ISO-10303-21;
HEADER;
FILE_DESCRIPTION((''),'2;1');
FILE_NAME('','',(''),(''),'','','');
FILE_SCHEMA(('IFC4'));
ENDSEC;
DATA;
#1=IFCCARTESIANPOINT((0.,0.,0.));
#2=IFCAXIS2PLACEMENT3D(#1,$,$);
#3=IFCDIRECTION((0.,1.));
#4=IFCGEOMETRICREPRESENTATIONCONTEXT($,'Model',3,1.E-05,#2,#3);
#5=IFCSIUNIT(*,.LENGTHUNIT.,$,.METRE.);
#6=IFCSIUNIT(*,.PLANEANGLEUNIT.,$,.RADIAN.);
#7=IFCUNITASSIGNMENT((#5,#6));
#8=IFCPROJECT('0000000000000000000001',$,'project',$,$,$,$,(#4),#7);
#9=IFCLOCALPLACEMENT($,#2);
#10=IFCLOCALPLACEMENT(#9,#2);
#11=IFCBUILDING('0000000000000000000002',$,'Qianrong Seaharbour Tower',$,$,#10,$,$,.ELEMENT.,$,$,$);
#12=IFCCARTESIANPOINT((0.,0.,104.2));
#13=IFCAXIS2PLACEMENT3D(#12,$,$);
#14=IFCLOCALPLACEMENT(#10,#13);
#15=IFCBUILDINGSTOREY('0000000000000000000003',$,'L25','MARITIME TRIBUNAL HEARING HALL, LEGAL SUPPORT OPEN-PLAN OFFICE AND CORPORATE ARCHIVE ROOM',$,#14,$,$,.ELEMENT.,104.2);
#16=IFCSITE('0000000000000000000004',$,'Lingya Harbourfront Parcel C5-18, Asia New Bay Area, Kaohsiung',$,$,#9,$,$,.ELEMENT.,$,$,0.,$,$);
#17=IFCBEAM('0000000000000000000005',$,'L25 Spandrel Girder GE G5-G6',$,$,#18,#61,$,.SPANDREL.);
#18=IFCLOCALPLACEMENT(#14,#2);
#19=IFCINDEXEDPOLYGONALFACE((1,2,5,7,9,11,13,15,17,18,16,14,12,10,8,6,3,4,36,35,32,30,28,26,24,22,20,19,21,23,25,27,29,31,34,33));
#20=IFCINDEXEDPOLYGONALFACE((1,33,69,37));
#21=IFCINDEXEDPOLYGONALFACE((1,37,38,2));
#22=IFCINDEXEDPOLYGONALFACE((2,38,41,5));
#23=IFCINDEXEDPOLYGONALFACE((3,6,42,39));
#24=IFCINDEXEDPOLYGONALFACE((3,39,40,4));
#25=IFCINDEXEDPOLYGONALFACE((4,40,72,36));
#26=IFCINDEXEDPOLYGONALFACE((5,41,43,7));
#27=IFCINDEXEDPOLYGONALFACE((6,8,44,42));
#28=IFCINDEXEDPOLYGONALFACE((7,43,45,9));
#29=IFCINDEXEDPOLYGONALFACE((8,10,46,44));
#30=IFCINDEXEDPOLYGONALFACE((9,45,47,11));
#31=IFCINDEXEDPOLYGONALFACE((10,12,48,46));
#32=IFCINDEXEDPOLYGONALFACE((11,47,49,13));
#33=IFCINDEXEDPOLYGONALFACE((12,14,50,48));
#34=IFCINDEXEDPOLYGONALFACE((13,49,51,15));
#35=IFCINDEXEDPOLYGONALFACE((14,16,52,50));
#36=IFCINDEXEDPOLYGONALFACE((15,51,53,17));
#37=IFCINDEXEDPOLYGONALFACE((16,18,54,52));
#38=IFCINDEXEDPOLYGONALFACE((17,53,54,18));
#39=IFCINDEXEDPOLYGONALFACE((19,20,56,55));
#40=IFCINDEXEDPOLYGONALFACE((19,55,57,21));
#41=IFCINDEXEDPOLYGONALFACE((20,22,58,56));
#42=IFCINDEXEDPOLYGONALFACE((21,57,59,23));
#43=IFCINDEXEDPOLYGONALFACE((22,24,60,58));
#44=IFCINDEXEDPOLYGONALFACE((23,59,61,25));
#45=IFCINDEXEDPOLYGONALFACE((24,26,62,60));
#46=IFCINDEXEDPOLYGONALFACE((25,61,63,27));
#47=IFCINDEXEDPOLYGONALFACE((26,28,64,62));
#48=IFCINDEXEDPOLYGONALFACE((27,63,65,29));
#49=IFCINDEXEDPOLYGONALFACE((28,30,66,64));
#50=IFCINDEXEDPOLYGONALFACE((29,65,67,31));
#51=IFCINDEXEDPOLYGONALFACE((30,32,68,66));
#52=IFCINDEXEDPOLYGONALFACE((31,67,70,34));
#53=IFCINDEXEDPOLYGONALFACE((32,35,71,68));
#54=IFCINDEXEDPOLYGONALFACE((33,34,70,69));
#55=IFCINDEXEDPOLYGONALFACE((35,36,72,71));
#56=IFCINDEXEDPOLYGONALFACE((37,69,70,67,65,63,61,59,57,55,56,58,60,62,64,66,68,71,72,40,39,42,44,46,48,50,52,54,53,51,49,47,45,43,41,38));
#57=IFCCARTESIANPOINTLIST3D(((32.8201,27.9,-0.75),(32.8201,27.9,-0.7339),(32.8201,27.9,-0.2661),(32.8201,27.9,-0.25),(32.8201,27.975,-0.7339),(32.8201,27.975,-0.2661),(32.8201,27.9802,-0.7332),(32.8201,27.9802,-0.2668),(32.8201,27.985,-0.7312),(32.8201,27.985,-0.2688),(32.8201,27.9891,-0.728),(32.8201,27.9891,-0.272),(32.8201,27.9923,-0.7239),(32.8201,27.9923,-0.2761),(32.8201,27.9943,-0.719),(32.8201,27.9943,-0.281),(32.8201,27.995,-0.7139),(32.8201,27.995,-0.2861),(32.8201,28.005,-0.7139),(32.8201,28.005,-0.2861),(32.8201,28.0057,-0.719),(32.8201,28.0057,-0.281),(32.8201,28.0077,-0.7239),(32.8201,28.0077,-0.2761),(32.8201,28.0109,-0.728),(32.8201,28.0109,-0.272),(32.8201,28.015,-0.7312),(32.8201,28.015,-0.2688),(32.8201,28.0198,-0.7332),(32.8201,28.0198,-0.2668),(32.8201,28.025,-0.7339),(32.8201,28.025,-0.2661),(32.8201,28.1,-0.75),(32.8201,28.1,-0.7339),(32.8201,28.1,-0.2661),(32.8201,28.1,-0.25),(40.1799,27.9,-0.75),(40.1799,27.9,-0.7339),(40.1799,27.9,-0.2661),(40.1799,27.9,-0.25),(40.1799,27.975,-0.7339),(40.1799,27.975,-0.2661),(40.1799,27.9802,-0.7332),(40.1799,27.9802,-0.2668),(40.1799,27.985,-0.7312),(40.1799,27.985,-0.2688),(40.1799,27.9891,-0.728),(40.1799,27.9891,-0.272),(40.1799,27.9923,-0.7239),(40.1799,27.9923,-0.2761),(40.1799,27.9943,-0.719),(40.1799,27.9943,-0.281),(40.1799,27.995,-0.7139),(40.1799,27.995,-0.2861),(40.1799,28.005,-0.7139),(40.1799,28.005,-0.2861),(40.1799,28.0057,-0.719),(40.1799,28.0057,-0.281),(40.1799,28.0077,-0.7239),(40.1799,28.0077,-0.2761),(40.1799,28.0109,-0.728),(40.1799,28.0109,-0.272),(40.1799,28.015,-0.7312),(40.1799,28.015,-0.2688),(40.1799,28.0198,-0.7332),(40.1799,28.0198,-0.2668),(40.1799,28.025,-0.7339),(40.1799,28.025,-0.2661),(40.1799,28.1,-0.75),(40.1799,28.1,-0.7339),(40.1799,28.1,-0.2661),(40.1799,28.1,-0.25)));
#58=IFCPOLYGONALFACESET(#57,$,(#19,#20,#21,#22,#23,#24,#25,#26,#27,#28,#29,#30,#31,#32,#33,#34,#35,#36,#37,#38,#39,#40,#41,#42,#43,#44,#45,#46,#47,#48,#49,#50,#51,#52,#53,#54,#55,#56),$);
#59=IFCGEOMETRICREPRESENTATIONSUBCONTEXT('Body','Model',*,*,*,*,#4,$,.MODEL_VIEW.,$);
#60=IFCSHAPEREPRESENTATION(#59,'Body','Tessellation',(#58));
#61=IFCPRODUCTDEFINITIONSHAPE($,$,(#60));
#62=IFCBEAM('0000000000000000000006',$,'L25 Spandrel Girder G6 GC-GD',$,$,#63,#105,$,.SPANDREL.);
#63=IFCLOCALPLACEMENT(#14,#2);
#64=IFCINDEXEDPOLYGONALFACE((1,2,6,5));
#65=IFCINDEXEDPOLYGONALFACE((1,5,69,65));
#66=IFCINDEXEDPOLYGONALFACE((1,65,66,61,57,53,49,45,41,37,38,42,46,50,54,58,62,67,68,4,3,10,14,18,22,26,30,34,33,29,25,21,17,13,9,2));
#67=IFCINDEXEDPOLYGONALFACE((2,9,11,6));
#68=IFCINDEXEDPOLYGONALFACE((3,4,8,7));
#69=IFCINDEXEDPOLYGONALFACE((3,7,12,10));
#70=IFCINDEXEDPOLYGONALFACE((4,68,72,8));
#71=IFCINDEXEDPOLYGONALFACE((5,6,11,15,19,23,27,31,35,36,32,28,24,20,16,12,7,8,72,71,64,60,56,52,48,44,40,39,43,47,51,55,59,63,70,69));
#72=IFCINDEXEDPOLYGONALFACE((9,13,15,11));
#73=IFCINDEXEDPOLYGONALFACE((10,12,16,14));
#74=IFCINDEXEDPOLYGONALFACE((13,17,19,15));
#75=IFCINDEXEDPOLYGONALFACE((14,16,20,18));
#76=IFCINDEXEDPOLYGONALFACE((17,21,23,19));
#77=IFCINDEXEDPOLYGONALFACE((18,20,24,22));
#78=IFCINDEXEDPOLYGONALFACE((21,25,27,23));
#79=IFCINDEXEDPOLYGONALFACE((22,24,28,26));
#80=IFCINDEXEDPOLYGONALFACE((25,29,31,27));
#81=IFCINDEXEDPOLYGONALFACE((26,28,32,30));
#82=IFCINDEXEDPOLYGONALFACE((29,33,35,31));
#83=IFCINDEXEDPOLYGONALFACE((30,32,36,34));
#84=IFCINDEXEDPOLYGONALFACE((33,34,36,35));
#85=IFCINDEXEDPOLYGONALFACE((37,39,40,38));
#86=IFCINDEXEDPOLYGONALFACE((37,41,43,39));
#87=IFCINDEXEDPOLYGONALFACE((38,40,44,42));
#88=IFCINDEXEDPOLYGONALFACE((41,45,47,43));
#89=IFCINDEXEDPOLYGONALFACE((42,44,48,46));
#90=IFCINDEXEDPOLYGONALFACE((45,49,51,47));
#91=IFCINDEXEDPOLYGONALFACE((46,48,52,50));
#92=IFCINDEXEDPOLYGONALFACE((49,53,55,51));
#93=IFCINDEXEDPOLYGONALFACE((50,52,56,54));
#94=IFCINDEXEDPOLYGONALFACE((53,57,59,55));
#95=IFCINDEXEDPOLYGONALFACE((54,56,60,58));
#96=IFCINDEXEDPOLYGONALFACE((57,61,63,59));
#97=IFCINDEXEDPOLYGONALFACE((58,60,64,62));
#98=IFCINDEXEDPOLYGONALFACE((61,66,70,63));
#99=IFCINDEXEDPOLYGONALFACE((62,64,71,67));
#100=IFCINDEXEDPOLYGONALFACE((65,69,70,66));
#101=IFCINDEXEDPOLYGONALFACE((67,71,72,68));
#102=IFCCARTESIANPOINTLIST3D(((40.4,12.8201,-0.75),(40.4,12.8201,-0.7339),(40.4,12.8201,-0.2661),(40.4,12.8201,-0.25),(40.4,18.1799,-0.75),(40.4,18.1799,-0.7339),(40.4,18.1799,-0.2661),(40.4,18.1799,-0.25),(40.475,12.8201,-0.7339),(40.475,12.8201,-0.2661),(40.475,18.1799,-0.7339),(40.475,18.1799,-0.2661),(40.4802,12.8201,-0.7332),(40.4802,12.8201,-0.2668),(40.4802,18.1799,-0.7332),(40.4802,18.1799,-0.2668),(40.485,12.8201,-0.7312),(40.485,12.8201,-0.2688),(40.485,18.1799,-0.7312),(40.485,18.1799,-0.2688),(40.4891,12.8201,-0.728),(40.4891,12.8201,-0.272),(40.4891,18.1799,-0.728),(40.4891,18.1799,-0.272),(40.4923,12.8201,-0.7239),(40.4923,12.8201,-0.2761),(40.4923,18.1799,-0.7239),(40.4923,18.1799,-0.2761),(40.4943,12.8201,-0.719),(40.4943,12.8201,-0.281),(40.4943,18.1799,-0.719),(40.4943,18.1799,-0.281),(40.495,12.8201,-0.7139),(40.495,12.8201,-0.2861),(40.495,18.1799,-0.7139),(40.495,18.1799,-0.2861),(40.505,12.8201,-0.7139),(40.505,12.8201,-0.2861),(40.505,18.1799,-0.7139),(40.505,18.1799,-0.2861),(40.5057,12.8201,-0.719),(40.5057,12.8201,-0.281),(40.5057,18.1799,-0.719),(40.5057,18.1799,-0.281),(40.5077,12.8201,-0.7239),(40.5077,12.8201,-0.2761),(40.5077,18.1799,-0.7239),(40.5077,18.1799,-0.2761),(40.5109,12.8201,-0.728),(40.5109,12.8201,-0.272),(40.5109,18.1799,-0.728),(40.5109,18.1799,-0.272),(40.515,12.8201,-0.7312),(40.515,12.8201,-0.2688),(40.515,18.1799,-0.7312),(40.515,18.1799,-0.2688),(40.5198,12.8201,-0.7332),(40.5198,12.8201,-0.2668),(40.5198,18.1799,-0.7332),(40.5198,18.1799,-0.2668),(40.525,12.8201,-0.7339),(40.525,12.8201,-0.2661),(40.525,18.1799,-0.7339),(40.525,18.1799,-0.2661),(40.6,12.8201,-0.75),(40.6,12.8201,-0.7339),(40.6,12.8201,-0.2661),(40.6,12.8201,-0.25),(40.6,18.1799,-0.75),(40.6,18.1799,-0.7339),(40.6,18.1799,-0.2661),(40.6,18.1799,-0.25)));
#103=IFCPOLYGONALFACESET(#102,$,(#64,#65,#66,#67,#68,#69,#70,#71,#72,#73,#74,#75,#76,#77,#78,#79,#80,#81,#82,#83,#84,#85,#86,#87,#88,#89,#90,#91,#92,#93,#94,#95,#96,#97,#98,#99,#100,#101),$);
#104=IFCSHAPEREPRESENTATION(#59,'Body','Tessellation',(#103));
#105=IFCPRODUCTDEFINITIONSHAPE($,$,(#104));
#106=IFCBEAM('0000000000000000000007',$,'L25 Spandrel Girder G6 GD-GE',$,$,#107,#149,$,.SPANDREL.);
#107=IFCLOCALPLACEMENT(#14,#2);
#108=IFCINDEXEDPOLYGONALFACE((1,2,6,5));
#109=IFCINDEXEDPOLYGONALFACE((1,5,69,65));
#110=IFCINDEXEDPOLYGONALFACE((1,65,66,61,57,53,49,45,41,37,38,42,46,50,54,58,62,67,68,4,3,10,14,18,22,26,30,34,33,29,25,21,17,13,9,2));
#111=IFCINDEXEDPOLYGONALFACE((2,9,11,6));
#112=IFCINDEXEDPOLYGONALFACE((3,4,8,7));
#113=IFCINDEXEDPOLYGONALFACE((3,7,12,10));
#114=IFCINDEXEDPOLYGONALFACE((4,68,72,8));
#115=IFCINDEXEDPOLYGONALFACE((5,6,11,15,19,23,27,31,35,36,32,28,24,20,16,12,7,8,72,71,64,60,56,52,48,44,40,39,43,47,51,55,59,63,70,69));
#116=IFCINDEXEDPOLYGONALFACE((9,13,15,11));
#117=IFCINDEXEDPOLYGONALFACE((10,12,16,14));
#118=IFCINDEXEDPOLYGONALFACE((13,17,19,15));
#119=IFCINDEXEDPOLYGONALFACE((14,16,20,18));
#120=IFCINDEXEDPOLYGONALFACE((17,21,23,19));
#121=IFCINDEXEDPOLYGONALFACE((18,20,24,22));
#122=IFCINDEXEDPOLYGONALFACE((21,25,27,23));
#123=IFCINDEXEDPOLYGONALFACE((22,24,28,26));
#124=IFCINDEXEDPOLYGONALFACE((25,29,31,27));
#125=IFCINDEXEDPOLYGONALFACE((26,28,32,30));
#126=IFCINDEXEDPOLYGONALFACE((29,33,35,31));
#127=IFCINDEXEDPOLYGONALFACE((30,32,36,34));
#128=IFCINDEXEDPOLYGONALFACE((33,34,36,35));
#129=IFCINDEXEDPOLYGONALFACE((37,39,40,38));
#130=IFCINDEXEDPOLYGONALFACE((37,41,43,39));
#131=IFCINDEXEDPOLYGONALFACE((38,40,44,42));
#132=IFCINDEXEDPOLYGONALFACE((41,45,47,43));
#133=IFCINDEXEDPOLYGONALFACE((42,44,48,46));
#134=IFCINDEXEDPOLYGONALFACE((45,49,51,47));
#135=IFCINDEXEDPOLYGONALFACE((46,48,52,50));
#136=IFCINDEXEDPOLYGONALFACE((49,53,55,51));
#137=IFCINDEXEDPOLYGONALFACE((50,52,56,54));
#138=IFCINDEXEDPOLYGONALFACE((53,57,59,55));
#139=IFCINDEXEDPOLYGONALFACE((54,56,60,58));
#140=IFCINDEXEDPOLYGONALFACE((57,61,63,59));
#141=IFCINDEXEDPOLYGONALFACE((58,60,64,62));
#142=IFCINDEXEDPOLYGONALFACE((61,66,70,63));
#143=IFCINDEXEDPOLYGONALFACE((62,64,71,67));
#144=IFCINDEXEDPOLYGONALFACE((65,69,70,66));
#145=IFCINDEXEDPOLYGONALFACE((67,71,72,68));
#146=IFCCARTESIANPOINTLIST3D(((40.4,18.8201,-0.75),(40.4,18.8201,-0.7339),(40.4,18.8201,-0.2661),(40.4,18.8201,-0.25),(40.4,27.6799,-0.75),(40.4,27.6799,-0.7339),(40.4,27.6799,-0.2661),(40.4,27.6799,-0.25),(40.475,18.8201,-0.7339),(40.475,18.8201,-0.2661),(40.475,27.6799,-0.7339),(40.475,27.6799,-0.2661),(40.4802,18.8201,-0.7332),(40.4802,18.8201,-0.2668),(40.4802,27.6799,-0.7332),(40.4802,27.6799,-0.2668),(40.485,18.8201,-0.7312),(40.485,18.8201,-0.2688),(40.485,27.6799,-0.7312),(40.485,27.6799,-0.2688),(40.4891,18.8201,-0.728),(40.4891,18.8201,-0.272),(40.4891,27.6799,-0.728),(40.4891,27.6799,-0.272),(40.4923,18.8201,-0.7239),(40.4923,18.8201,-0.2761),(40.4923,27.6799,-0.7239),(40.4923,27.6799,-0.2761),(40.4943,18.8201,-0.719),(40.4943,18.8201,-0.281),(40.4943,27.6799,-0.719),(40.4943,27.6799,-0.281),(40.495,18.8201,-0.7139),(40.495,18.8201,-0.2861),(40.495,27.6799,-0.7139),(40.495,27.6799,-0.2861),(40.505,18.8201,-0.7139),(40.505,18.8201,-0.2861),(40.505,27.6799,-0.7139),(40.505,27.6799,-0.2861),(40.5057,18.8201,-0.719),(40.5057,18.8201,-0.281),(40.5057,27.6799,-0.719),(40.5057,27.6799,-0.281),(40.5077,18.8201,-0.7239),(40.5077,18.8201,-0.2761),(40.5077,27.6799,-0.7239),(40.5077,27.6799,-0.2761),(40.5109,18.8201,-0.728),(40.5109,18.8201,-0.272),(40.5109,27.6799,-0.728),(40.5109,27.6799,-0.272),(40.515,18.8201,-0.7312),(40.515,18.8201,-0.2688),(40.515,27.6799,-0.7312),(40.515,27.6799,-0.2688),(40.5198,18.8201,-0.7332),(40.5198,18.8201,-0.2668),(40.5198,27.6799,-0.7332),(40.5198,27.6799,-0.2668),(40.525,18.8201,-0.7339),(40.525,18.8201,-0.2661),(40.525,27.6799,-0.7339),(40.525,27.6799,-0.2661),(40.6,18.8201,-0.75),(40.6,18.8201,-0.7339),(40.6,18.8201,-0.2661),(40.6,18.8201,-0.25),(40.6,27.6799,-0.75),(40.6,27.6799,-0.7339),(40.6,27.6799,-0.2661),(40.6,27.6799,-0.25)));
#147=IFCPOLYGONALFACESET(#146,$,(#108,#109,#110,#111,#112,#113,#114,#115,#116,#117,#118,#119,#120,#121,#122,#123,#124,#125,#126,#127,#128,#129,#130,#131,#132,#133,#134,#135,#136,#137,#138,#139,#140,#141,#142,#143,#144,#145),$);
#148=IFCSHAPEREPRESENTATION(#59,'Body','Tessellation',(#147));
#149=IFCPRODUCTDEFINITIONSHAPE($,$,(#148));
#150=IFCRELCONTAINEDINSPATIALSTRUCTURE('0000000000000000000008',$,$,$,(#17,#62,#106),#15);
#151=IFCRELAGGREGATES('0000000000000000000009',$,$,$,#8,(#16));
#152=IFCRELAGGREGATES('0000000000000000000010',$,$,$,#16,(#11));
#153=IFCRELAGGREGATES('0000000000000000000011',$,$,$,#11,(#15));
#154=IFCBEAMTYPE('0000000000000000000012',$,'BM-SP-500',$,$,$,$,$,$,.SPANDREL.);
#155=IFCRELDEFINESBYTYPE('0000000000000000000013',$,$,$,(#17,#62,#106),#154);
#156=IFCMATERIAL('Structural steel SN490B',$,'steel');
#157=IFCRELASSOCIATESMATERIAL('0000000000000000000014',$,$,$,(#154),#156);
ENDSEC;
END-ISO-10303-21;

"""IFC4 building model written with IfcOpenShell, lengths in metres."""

from ifc_helpers import new_model, si_unit, direction, frame, origin, origin_2d, place, context, subcontext, project, spatial, i_section, extrude, material, material_profile, profile_set, type_object, element, save


model = new_model("IFC4")

# Units and contexts
model_context = context("Model", 3, precision=1e-05, world=origin(), true_north=direction((0.0, 1.0)))
body_context = subcontext(model_context, "Body", "Model", "MODEL_VIEW")
ifc_project = project(units=[si_unit("LENGTHUNIT", "METRE"), si_unit("PLANEANGLEUNIT", "RADIAN")], contexts=[model_context])

# Site, building, storey
site_placement = place(None, origin())
site = spatial("IfcSite", under=ifc_project, at=site_placement, Name="Lingya Harbourfront Parcel C5-18, Asia New Bay Area, Kaohsiung", CompositionType="ELEMENT", RefElevation=0.0)
building_placement = place(site_placement, origin())
building = spatial("IfcBuilding", under=site, at=building_placement, Name="Qianrong Seaharbour Tower", CompositionType="ELEMENT")
storey_placement = place(building_placement, frame((0.0, 0.0, 104.2)))
storey = spatial("IfcBuildingStorey", under=building, at=storey_placement, Name="L25", Description="MARITIME TRIBUNAL HEARING HALL, LEGAL SUPPORT OPEN-PLAN OFFICE AND CORPORATE ARCHIVE ROOM", CompositionType="ELEMENT", Elevation=104.2)

# Shared definitions
ifc_material_1 = material(Name="Structural steel SN490B", Category="steel")

# Beams
ifc_material_profile_1 = material_profile(ifc_material_1, i_section(OverallWidth=0.2, OverallDepth=0.5, WebThickness=0.01, FlangeThickness=0.0161, FilletRadius=0.02, at=origin_2d()), Name="H500x200x10x16")
ifc_profile_set_1 = profile_set([ifc_material_profile_1], Name="Structural steel SN490B")
beam_type_1 = type_object("IfcBeamType", Name="BM-SP-500", PredefinedType="SPANDREL", material=ifc_profile_set_1)
for number, where, z_axis, x_axis, name in (
    (1, (32.8201, 28.0, -0.5), (1.0, 0.0, 0.0), (0.0, 1.0, 0.0), "L25 Spandrel Girder GE G5-G6"),
):
    element("IfcBeam", number, at=place(storey_placement, frame(where, z_axis=z_axis, x_axis=x_axis)), inside=storey, type_object=beam_type_1, Name=name, PredefinedType="SPANDREL", context=body_context, shape_type="SweptSolid", body=[
        extrude(i_section(OverallWidth=0.2, OverallDepth=0.5, WebThickness=0.01, FlangeThickness=0.0161, FilletRadius=0.02, at=origin_2d()), origin(), (0.0, 0.0, 1.0), 7.3599),
    ])
beam_1_placement = place(storey_placement, frame((40.5, 12.8201, -0.5), z_axis=(0.0, 1.0, 0.0), x_axis=(-1.0, 0.0, 0.0)))
element("IfcBeam", 2, at=beam_1_placement, inside=storey, type_object=beam_type_1, Name="L25 Spandrel Girder G6 GC-GD", PredefinedType="SPANDREL", context=body_context, shape_type="SweptSolid", body=[
    extrude(i_section(OverallWidth=0.2, OverallDepth=0.5, WebThickness=0.01, FlangeThickness=0.0161, FilletRadius=0.02, at=origin_2d()), origin(), (0.0, 0.0, 1.0), 5.3599),
])
beam_2_placement = place(storey_placement, frame((40.5, 18.8201, -0.5), z_axis=(0.0, 1.0, 0.0), x_axis=(-1.0, 0.0, 0.0)))
element("IfcBeam", 3, at=beam_2_placement, inside=storey, type_object=beam_type_1, Name="L25 Spandrel Girder G6 GD-GE", PredefinedType="SPANDREL", context=body_context, shape_type="SweptSolid", body=[
    extrude(i_section(OverallWidth=0.2, OverallDepth=0.5, WebThickness=0.01, FlangeThickness=0.0161, FilletRadius=0.02, at=origin_2d()), origin(), (0.0, 0.0, 1.0), 8.8599),
])

save(model, "model.ifc")
